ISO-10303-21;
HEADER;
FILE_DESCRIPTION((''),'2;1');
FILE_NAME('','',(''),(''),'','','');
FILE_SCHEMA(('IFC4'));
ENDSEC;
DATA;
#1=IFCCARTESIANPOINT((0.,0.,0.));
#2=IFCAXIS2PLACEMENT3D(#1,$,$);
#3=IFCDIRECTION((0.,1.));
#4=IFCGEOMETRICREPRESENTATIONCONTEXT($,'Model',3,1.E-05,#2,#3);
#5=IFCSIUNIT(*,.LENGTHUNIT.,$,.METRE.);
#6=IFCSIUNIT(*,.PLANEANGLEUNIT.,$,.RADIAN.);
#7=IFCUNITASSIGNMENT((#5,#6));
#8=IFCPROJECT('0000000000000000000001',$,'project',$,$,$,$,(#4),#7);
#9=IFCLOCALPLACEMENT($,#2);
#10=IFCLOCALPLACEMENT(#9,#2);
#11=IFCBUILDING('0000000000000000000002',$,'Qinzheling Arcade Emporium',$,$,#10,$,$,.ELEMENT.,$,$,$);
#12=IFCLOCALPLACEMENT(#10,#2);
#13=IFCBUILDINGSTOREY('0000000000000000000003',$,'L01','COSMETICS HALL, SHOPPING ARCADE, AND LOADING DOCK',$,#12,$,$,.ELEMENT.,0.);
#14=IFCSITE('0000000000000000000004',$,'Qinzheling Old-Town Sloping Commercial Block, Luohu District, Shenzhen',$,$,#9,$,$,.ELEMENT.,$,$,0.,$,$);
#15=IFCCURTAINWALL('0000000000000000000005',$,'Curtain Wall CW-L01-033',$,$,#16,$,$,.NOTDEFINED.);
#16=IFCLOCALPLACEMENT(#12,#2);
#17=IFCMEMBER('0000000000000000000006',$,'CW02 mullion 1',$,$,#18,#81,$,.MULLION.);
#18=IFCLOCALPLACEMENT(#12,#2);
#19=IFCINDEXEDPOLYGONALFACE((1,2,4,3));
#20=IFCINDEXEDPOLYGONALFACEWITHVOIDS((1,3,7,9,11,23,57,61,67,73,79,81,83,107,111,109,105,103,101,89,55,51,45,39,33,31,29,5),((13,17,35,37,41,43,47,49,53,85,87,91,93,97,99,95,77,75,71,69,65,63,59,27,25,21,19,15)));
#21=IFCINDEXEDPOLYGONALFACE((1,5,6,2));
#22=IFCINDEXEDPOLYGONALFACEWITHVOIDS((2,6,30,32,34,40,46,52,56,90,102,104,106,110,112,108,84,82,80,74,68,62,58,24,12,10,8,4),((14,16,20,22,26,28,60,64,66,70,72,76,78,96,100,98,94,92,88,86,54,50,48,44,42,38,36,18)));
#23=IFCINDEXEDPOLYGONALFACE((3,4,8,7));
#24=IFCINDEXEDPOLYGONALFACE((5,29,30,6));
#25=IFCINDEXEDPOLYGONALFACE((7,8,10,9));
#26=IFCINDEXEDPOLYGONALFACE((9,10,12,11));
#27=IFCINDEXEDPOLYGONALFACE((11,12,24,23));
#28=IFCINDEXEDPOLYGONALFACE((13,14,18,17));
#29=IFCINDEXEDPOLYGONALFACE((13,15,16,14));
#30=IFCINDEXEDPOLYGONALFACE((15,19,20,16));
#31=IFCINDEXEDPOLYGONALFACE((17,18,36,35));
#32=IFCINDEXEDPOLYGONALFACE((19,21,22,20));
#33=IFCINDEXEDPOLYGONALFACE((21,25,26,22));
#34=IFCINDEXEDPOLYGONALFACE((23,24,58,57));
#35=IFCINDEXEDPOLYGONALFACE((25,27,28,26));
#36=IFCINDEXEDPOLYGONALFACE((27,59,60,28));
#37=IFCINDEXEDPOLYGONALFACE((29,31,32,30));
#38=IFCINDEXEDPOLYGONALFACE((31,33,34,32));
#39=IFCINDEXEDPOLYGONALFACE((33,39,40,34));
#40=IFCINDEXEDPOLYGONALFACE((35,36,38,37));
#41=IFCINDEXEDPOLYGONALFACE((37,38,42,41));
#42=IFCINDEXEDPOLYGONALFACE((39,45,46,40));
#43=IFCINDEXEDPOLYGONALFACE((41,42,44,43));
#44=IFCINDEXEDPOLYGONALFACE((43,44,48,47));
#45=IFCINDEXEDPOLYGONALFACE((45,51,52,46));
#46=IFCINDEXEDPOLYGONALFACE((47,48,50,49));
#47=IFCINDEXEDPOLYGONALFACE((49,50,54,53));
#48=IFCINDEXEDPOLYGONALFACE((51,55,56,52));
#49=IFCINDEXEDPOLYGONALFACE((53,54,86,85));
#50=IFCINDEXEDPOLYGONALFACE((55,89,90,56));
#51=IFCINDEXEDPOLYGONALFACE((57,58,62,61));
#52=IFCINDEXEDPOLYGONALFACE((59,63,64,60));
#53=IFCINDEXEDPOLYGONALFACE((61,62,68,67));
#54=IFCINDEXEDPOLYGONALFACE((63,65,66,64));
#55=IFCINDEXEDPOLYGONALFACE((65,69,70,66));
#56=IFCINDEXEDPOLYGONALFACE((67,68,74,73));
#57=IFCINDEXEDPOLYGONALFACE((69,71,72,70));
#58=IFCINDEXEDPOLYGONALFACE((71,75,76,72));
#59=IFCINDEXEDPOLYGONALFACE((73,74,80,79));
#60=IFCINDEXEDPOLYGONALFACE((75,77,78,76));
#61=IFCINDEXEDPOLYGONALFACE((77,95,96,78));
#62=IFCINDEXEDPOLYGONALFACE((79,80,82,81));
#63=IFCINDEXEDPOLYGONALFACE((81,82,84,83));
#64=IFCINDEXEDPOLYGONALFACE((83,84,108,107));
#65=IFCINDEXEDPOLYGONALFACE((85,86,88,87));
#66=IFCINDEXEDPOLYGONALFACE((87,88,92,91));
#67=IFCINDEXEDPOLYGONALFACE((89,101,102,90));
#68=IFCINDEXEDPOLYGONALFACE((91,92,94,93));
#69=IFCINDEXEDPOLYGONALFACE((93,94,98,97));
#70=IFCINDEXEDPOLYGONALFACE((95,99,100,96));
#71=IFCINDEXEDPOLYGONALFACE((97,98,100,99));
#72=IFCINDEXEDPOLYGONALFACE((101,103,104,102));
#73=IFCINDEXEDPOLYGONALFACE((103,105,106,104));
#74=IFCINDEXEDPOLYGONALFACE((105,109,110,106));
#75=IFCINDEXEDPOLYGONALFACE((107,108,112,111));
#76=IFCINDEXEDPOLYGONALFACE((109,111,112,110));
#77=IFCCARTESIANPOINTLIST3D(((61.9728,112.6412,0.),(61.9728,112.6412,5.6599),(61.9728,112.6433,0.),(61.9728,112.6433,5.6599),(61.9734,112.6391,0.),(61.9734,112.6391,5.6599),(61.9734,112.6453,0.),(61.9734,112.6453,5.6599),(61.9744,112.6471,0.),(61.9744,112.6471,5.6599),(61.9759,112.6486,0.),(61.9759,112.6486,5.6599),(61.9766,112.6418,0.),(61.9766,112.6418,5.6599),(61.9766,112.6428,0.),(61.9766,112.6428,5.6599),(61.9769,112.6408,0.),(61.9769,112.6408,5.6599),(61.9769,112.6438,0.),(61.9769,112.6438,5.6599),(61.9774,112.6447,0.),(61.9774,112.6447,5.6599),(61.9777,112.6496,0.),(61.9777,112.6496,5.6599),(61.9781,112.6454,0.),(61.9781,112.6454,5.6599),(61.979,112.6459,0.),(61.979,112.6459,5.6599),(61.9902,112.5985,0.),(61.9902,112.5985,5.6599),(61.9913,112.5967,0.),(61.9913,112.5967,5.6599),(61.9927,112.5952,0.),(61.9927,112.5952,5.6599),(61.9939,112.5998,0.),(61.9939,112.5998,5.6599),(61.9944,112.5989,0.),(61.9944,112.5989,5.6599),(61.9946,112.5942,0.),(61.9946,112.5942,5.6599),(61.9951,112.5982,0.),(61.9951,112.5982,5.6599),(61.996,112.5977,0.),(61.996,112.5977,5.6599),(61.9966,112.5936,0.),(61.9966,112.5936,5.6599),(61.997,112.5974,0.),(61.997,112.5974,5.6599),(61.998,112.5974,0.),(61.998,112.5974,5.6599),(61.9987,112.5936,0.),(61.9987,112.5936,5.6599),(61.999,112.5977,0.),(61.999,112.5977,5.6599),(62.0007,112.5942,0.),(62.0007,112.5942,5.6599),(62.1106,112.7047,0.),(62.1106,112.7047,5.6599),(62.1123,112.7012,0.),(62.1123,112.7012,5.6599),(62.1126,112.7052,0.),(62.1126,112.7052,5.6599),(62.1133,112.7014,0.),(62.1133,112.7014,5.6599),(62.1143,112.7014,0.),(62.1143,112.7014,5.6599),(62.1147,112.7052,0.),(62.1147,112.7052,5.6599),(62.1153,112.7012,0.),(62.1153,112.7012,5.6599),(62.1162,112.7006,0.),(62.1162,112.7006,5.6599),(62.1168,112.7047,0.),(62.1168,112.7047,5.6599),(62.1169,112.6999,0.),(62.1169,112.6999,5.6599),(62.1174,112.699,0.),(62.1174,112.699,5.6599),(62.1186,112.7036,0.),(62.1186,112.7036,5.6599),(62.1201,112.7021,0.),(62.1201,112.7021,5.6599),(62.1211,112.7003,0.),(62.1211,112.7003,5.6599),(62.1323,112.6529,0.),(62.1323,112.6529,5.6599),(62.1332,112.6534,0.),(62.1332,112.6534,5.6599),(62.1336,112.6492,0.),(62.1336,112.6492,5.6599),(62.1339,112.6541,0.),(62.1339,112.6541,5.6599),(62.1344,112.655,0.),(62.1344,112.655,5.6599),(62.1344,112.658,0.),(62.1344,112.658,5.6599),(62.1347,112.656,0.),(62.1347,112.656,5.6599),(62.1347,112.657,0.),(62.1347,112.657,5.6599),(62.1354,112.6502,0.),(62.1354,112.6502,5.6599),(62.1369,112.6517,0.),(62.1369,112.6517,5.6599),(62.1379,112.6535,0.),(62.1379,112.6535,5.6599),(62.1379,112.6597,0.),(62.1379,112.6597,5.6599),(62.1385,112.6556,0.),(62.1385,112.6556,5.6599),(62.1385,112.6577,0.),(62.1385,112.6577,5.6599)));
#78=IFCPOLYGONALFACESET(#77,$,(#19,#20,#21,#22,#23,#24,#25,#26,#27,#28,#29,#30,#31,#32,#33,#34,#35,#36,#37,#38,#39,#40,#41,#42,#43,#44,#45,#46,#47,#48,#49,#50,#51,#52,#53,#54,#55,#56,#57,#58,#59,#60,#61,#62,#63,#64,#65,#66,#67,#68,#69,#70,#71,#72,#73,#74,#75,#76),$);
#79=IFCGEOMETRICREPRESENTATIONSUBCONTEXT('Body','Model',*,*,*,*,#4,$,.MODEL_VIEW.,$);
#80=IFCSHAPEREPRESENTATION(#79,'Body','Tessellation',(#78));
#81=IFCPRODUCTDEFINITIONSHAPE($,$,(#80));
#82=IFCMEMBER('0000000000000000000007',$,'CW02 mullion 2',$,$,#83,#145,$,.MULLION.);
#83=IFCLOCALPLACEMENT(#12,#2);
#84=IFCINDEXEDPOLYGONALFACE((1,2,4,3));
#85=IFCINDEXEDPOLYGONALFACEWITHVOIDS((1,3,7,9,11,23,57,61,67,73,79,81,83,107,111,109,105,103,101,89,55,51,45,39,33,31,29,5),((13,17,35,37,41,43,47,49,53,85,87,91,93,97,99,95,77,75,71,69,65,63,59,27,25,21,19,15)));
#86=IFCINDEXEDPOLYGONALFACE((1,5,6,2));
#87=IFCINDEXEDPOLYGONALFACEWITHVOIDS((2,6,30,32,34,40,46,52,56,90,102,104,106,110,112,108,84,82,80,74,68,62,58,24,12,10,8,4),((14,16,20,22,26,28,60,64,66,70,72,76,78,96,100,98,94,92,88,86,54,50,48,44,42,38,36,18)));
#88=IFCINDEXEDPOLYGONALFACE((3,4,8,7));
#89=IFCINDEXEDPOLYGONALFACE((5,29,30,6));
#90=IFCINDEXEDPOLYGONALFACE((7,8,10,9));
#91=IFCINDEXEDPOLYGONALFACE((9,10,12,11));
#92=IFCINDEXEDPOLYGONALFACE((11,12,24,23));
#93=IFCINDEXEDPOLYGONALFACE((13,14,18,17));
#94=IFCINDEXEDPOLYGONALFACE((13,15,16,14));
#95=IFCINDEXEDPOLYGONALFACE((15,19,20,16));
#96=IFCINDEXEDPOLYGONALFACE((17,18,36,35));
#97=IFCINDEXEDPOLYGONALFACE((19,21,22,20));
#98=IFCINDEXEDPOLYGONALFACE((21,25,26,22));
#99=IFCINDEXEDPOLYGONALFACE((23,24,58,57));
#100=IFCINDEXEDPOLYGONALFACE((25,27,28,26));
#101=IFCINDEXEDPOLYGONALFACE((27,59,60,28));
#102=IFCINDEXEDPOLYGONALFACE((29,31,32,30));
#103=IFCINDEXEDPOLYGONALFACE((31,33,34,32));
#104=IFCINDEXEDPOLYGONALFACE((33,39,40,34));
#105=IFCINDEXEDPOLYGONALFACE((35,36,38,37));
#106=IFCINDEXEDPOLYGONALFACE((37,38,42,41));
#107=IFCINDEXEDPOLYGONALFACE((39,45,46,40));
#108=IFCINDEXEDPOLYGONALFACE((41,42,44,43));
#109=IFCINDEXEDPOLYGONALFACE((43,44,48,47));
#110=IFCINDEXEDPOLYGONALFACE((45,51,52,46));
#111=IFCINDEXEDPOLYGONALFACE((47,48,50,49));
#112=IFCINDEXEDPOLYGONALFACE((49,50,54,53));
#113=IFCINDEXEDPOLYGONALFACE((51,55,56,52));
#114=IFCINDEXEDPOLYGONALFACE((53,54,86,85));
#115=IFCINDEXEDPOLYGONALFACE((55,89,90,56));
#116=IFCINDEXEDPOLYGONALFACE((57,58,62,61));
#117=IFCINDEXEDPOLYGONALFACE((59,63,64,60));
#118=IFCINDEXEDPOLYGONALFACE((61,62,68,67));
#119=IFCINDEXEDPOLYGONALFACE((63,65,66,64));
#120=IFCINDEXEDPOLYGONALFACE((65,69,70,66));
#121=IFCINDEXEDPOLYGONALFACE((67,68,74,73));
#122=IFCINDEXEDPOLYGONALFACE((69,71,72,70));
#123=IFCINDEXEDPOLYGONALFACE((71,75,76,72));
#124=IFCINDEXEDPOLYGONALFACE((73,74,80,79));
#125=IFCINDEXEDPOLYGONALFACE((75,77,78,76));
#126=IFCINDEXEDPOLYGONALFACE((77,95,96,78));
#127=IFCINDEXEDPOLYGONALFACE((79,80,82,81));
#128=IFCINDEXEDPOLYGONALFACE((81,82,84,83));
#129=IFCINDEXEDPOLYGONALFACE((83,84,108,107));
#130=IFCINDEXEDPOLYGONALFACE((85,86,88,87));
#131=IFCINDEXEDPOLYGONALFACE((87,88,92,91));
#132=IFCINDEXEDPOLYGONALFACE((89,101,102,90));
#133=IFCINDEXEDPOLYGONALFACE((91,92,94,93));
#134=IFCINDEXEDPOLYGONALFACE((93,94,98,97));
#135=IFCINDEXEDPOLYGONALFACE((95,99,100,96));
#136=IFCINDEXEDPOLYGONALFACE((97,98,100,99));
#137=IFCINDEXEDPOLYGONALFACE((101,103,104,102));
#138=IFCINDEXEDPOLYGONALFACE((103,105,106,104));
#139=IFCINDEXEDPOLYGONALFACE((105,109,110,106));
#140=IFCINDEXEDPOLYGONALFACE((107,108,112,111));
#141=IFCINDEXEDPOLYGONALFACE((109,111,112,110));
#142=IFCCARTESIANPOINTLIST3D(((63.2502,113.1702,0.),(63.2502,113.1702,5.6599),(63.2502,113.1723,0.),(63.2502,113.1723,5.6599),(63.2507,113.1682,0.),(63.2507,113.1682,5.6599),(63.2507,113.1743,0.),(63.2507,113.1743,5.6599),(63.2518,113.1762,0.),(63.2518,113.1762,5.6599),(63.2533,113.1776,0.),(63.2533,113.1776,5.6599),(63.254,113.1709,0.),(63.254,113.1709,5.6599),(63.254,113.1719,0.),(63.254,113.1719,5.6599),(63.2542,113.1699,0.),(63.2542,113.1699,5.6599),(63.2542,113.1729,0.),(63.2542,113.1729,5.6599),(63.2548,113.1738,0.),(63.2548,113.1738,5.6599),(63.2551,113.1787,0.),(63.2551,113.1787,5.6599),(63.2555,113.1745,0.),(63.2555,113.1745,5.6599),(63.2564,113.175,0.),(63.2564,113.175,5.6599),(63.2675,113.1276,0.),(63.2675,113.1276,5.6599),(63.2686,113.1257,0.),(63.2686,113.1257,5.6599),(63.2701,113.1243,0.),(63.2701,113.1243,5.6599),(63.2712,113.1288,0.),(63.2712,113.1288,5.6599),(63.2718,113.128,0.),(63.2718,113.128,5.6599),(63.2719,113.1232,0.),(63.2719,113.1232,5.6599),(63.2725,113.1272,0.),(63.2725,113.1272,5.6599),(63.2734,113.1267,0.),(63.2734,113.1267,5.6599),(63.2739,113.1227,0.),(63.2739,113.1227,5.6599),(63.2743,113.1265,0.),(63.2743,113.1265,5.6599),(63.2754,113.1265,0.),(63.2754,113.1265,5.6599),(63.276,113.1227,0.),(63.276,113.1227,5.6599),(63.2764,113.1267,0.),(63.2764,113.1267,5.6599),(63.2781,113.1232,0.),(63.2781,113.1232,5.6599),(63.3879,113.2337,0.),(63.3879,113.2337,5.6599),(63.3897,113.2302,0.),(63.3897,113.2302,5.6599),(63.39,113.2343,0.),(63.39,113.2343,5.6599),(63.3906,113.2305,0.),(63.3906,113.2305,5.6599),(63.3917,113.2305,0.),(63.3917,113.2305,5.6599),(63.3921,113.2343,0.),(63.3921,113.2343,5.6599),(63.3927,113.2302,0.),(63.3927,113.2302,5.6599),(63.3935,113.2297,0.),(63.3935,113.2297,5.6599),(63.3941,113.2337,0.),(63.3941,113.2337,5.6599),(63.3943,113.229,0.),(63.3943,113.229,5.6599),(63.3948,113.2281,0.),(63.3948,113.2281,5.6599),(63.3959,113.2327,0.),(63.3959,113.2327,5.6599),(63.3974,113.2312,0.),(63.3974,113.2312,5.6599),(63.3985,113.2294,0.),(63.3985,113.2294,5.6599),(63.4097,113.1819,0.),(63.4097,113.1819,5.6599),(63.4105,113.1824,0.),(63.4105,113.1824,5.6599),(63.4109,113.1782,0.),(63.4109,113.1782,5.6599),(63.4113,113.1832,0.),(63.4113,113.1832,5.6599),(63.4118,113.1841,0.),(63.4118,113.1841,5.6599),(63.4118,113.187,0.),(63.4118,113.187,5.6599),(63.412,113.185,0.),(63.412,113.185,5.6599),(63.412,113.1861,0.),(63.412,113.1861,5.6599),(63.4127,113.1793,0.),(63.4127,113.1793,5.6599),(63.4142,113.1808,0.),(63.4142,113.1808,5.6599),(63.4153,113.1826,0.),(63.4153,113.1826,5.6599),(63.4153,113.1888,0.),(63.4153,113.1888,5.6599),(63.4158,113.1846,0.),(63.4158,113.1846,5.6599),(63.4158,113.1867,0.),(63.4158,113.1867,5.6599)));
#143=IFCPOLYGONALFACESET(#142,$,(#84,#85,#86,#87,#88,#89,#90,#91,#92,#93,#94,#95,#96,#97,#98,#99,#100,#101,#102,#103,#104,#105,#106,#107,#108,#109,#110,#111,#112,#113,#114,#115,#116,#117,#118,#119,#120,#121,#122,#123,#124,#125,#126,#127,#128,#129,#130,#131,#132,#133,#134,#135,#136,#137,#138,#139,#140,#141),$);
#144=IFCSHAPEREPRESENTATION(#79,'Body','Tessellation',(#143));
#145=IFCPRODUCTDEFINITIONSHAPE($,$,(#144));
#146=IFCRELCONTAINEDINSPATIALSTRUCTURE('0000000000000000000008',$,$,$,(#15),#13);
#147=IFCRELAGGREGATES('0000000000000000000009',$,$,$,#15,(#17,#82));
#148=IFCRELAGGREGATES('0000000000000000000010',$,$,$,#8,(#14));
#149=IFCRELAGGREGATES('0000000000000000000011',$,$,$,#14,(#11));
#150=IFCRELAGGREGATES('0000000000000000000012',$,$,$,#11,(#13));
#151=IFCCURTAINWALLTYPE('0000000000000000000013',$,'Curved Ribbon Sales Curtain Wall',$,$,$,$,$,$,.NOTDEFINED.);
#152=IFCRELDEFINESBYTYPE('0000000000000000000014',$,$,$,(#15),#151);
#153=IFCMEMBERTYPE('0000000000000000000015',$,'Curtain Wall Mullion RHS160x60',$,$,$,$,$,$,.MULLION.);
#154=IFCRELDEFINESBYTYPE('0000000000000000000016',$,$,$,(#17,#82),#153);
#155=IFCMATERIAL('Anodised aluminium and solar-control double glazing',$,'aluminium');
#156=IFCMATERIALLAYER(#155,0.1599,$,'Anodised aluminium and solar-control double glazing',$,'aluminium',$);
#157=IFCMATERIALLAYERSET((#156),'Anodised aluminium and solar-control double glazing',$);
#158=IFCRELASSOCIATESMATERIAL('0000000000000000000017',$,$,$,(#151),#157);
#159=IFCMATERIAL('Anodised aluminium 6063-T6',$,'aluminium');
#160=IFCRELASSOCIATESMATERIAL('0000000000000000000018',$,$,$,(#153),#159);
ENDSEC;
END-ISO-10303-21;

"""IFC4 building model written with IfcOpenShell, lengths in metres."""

from ifc_helpers import new_model, si_unit, direction, frame, origin, origin_2d, place, context, subcontext, project, spatial, hollow_rectangle, extrude, material, layer, layer_set, material_profile, profile_set, type_object, element, aggregate, save


model = new_model("IFC4")

# Units and contexts
model_context = context("Model", 3, precision=1e-05, world=origin(), true_north=direction((0.0, 1.0)))
body_context = subcontext(model_context, "Body", "Model", "MODEL_VIEW")
ifc_project = project(units=[si_unit("LENGTHUNIT", "METRE"), si_unit("PLANEANGLEUNIT", "RADIAN")], contexts=[model_context])

# Site, building, storey
site_placement = place(None, origin())
site = spatial("IfcSite", under=ifc_project, at=site_placement, Name="Qinzheling Old-Town Sloping Commercial Block, Luohu District, Shenzhen", CompositionType="ELEMENT", RefElevation=0.0)
building_placement = place(site_placement, origin())
building = spatial("IfcBuilding", under=site, at=building_placement, Name="Qinzheling Arcade Emporium", CompositionType="ELEMENT")
storey_placement = place(building_placement, origin())
storey = spatial("IfcBuildingStorey", under=building, at=storey_placement, Name="L01", Description="COSMETICS HALL, SHOPPING ARCADE, AND LOADING DOCK", CompositionType="ELEMENT", Elevation=0.0)

# Shared definitions
ifc_material_1 = material(Name="Anodised aluminium and solar-control double glazing", Category="aluminium")
ifc_layer_1 = layer(ifc_material_1, 0.1599, Name="Anodised aluminium and solar-control double glazing", Category="aluminium")
ifc_layer_set_1 = layer_set([ifc_layer_1], Name="Anodised aluminium and solar-control double glazing")
curtain_wall_type = type_object("IfcCurtainWallType", Name="Curved Ribbon Sales Curtain Wall", PredefinedType="NOTDEFINED", material=ifc_layer_set_1)
ifc_material_2 = material(Name="Anodised aluminium 6063-T6", Category="aluminium")
ifc_material_profile_1 = material_profile(ifc_material_2, hollow_rectangle(XDim=0.0601, YDim=0.1599, WallThickness=0.0039, InnerFilletRadius=0.0039, OuterFilletRadius=0.0081, at=origin_2d()), Name="RHS 160x60x4", Category="aluminium")
ifc_profile_set_1 = profile_set([ifc_material_profile_1], Name="Anodised aluminium 6063-T6")
member_type_1 = type_object("IfcMemberType", Name="Curtain Wall Mullion RHS160x60", PredefinedType="MULLION", material=ifc_profile_set_1)

# Curtain wall, members
curtain_wall_1_placement = place(storey_placement, origin())
curtain_wall_1 = element("IfcCurtainWall", 1, at=curtain_wall_1_placement, inside=storey, type_object=curtain_wall_type, Name="Curtain Wall CW-L01-033", PredefinedType="NOTDEFINED")
member_1_placement = place(storey_placement, frame((62.0557, 112.6494, 0.0), z_axis=(0.0, 0.0, 1.0), x_axis=(-0.382654, 0.923892, 0.0)))
member_1 = element("IfcMember", 2, at=member_1_placement, type_object=member_type_1, Name="CW02 mullion 1", PredefinedType="MULLION", context=body_context, shape_type="SweptSolid", body=[
    extrude(hollow_rectangle(XDim=0.0601, YDim=0.1599, WallThickness=0.0039, InnerFilletRadius=0.0039, OuterFilletRadius=0.0081, at=origin_2d()), origin(), (0.0, 0.0, 1.0), 5.6599),
])
member_2_placement = place(storey_placement, frame((63.333, 113.1785, 0.0), z_axis=(0.0, 0.0, 1.0), x_axis=(-0.382654, 0.923892, 0.0)))
member_2 = element("IfcMember", 3, at=member_2_placement, type_object=member_type_1, Name="CW02 mullion 2", PredefinedType="MULLION", context=body_context, shape_type="SweptSolid", body=[
    extrude(hollow_rectangle(XDim=0.0601, YDim=0.1599, WallThickness=0.0039, InnerFilletRadius=0.0039, OuterFilletRadius=0.0081, at=origin_2d()), origin(), (0.0, 0.0, 1.0), 5.6599),
])

aggregate(curtain_wall_1, [member_1, member_2])

save(model, "model.ifc")
